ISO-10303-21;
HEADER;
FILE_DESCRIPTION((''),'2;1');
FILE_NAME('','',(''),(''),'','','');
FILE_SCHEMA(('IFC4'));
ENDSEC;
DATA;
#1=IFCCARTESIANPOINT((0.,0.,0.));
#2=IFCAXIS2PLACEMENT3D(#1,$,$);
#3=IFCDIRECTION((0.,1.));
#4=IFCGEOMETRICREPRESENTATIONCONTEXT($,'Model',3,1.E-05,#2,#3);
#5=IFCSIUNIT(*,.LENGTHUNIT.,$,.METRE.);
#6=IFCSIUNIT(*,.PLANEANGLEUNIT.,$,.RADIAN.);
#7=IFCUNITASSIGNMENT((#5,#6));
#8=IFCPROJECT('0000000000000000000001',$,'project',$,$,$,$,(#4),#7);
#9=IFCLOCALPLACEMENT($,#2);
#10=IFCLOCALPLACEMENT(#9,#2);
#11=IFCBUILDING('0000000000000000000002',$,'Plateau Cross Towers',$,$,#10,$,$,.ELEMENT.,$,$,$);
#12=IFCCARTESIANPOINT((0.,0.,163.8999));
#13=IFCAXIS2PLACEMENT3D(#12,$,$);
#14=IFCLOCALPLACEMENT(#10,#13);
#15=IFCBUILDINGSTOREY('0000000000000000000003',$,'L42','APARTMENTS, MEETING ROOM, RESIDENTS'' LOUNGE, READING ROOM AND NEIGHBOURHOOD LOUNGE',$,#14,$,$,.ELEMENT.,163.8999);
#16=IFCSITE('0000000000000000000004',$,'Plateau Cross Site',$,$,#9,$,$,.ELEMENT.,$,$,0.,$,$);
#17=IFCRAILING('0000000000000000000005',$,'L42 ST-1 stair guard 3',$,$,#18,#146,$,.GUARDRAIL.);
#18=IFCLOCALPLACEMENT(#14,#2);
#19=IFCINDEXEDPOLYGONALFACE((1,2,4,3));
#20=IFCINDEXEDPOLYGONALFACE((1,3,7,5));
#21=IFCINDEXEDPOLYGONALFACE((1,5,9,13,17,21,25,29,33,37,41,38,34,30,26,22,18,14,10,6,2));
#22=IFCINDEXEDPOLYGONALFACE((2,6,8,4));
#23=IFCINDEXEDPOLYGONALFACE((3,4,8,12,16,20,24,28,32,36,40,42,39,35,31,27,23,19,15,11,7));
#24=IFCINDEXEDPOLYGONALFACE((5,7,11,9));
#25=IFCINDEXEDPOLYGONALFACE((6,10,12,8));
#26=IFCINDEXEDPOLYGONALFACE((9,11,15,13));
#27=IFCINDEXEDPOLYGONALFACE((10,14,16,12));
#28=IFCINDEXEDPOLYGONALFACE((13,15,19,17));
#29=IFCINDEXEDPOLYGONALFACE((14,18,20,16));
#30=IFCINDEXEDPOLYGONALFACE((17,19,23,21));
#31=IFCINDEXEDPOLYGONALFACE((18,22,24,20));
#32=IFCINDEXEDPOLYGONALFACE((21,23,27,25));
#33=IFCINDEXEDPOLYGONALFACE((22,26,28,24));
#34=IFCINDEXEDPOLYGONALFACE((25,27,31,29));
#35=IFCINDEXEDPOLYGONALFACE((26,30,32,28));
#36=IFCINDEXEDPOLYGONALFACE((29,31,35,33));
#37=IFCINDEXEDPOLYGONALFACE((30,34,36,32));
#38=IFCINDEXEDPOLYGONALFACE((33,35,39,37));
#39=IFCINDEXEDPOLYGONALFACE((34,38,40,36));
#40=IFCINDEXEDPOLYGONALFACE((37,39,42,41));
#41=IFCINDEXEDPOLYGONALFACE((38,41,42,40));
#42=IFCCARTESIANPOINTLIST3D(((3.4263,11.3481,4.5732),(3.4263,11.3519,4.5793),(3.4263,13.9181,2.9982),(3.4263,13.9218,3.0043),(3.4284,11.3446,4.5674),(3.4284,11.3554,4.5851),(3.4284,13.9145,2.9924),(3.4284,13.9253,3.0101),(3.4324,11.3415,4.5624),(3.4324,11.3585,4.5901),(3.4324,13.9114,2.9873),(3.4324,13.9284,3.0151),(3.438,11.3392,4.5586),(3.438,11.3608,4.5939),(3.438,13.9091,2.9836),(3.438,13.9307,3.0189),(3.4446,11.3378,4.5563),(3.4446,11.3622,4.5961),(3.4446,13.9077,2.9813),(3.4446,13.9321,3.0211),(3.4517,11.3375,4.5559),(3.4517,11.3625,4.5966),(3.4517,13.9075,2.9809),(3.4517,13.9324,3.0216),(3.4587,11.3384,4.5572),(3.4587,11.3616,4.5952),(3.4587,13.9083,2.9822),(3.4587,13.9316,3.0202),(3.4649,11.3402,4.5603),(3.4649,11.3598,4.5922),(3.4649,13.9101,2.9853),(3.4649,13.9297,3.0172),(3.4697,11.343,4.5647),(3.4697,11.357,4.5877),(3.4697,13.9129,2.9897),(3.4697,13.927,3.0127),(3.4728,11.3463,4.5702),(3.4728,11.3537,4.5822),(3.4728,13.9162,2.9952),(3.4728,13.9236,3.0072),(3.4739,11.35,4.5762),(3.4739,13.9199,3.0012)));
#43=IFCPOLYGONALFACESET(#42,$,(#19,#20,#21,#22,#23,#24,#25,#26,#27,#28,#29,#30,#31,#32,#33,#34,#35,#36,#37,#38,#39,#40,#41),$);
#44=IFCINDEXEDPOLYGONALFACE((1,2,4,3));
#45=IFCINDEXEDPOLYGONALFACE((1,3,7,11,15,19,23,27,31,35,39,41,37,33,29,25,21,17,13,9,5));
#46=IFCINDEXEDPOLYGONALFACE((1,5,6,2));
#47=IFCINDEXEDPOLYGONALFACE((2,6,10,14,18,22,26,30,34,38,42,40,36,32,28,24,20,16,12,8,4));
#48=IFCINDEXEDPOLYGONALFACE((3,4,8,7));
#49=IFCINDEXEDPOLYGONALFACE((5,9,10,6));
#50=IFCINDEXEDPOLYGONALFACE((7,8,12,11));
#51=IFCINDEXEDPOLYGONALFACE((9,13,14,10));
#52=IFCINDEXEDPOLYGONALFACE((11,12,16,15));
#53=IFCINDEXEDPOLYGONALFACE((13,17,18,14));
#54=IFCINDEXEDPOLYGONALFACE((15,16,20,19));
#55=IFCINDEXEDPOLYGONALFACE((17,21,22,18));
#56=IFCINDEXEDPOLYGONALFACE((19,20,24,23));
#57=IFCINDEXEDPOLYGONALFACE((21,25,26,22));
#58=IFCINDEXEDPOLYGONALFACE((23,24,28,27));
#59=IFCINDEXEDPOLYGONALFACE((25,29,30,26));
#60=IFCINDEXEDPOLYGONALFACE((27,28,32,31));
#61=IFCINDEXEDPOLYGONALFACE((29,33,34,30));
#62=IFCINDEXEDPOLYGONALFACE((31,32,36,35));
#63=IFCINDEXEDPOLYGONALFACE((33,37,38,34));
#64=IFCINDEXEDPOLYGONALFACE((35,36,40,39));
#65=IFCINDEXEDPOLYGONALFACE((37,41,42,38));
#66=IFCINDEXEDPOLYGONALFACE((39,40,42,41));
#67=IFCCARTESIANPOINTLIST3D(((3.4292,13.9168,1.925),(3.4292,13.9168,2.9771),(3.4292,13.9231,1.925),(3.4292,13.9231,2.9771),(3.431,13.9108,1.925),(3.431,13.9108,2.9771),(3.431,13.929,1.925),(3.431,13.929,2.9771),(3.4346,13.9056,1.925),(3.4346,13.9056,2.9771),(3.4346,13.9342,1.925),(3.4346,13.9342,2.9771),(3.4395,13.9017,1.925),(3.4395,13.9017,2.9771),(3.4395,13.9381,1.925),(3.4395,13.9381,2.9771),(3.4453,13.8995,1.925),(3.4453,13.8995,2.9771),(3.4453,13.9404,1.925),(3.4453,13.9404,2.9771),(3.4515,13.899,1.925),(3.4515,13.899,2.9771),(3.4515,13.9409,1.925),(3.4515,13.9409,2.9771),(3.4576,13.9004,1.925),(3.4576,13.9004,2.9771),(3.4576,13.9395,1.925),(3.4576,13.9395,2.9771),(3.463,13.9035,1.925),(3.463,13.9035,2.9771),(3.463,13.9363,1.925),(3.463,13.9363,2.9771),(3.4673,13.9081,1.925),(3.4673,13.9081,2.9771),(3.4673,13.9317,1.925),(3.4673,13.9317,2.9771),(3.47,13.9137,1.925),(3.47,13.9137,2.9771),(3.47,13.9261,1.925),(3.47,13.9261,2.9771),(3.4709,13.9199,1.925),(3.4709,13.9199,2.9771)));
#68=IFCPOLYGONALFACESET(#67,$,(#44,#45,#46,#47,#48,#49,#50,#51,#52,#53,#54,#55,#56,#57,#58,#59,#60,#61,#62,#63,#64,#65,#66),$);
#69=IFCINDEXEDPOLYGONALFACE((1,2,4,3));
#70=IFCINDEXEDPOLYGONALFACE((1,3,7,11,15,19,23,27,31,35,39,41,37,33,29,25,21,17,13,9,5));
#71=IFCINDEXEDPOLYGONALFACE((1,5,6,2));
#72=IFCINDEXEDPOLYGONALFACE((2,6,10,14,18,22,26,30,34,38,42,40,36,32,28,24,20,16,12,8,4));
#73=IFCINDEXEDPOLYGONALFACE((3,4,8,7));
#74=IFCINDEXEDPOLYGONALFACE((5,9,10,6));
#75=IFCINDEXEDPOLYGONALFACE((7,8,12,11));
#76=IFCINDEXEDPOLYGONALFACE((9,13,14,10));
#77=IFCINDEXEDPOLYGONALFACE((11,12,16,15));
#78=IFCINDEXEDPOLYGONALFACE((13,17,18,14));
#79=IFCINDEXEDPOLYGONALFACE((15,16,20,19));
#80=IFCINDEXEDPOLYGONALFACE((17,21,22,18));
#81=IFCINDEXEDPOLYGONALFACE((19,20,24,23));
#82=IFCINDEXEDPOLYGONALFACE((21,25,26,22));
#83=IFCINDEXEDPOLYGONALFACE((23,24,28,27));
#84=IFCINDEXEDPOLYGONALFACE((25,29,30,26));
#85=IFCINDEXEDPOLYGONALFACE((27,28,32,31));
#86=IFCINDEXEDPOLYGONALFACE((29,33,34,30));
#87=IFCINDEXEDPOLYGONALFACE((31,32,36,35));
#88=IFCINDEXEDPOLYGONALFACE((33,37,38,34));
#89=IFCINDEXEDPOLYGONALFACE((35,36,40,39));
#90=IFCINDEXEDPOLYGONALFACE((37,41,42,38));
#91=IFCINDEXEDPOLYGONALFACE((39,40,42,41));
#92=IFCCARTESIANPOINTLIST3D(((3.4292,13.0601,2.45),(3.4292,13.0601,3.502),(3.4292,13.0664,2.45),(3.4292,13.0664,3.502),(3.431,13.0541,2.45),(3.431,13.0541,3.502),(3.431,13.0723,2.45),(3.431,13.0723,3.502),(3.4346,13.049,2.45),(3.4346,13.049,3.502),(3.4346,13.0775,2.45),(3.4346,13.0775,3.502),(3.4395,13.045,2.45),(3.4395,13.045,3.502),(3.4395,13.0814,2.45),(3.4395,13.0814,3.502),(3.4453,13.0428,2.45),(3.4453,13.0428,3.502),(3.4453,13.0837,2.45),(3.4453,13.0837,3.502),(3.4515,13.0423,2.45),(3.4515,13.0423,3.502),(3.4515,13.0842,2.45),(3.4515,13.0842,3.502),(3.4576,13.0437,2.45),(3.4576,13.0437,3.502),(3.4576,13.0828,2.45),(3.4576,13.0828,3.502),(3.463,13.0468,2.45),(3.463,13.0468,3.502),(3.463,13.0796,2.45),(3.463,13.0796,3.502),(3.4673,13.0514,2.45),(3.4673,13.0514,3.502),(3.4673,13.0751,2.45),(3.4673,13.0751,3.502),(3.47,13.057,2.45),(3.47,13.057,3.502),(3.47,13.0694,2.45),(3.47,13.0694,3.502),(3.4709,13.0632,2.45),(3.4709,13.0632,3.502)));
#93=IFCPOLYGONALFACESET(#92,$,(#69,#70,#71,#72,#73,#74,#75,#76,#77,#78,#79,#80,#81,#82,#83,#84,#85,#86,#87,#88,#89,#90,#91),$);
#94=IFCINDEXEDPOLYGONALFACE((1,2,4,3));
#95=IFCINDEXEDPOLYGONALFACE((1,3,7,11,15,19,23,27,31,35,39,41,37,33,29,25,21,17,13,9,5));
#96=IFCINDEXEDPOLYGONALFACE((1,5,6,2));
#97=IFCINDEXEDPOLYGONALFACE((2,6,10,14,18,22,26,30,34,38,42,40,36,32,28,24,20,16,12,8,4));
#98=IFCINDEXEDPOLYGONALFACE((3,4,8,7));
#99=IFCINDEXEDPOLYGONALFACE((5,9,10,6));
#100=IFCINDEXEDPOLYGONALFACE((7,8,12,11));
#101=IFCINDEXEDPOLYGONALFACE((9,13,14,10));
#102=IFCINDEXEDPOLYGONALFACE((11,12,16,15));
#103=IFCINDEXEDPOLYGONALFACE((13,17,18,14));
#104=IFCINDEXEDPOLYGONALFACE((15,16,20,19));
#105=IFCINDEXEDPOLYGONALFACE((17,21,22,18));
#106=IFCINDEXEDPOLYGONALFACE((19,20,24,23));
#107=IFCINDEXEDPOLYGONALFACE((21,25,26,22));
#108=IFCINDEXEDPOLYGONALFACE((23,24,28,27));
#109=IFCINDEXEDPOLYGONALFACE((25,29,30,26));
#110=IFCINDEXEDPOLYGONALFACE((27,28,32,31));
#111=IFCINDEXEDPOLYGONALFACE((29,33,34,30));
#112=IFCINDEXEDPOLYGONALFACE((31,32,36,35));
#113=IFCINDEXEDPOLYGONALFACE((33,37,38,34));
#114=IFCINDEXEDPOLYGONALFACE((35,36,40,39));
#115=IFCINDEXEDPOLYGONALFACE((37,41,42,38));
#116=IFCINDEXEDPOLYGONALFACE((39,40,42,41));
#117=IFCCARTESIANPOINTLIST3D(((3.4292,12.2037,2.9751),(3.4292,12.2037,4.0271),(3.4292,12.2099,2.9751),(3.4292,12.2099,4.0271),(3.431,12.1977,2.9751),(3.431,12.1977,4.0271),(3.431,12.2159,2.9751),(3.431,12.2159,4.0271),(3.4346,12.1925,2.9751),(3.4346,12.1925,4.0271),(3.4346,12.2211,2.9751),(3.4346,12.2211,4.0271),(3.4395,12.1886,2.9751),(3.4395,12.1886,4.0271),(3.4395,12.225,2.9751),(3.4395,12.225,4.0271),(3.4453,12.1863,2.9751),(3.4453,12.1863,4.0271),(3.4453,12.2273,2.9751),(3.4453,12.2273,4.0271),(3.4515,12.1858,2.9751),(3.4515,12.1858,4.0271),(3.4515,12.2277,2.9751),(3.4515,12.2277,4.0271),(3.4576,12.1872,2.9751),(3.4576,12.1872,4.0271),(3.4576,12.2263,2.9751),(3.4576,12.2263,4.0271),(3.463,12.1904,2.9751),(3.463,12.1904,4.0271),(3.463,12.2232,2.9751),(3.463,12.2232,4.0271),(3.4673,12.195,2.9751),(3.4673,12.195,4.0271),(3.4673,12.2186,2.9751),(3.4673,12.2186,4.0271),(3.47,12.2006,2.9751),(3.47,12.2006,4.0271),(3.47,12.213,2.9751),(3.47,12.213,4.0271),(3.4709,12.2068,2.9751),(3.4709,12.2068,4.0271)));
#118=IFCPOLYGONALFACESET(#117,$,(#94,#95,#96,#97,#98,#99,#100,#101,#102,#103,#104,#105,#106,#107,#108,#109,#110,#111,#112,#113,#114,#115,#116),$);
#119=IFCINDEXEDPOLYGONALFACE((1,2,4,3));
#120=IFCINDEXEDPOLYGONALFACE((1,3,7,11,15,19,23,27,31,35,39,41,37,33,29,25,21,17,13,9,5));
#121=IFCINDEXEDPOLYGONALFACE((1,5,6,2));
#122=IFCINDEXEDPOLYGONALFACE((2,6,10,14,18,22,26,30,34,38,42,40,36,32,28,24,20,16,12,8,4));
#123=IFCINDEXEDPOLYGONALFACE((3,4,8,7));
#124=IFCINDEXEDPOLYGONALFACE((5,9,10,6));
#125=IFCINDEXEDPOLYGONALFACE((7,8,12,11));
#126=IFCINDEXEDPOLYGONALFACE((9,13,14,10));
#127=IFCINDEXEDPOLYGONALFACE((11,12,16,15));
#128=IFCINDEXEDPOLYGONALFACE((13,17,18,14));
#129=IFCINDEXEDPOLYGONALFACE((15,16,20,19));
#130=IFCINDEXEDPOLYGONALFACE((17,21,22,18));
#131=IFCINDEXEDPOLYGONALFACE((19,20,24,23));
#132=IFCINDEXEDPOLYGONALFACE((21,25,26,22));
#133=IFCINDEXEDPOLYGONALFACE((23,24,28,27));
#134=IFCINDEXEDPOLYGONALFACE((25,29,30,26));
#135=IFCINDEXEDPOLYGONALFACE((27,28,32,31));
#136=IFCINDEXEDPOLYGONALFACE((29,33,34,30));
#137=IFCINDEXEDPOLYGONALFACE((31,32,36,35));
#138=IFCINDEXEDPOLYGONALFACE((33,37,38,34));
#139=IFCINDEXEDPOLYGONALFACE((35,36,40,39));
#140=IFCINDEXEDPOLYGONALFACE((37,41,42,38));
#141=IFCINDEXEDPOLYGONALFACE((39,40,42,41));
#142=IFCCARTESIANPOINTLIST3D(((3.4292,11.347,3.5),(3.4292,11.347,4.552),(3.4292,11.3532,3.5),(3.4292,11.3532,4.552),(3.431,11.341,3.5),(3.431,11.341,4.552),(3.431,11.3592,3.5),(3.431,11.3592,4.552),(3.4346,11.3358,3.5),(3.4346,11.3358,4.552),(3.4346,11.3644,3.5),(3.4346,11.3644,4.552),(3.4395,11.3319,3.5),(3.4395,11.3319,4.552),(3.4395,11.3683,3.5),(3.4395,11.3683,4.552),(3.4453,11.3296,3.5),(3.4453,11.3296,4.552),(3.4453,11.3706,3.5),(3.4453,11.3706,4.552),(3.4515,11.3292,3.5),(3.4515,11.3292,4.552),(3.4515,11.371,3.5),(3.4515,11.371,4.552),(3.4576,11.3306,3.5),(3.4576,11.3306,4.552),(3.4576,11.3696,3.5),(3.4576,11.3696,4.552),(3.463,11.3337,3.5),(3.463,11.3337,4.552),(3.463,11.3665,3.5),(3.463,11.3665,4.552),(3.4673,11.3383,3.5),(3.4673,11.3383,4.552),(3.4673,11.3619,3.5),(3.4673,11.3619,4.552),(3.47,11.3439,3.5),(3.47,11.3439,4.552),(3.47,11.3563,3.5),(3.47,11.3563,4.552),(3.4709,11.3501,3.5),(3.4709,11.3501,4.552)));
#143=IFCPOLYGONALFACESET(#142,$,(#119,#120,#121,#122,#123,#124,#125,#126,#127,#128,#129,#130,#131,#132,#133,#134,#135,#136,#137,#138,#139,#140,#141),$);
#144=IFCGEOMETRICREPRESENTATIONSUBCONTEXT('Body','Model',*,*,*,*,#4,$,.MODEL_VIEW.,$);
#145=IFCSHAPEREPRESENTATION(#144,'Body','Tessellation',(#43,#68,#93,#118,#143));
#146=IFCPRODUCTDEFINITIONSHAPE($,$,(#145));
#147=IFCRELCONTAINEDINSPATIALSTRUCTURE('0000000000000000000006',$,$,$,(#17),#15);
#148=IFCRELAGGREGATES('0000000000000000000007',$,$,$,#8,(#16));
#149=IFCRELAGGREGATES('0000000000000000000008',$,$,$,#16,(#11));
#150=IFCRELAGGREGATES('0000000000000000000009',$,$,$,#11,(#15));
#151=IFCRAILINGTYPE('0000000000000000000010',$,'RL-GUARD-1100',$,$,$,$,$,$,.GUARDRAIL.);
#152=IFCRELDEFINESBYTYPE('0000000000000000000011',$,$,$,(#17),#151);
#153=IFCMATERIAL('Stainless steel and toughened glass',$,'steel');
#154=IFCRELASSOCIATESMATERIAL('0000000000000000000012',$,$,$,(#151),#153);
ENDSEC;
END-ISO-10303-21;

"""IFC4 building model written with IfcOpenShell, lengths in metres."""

from ifc_helpers import new_model, si_unit, direction, frame, origin, origin_2d, place, context, subcontext, project, spatial, circle, extrude, material, type_object, element, save


model = new_model("IFC4")

# Units and contexts
model_context = context("Model", 3, precision=1e-05, world=origin(), true_north=direction((0.0, 1.0)))
body_context = subcontext(model_context, "Body", "Model", "MODEL_VIEW")
ifc_project = project(units=[si_unit("LENGTHUNIT", "METRE"), si_unit("PLANEANGLEUNIT", "RADIAN")], contexts=[model_context])

# Site, building, storey
site_placement = place(None, origin())
site = spatial("IfcSite", under=ifc_project, at=site_placement, Name="Plateau Cross Site", CompositionType="ELEMENT", RefElevation=0.0)
building_placement = place(site_placement, origin())
building = spatial("IfcBuilding", under=site, at=building_placement, Name="Plateau Cross Towers", CompositionType="ELEMENT")
storey_placement = place(building_placement, frame((0.0, 0.0, 163.8999)))
storey = spatial("IfcBuildingStorey", under=building, at=storey_placement, Name="L42", Description="APARTMENTS, MEETING ROOM, RESIDENTS' LOUNGE, READING ROOM AND NEIGHBOURHOOD LOUNGE", CompositionType="ELEMENT", Elevation=163.8999)

# Railing
ifc_material_1 = material(Name="Stainless steel and toughened glass", Category="steel")
railing_type_1 = type_object("IfcRailingType", Name="RL-GUARD-1100", PredefinedType="GUARDRAIL", material=ifc_material_1)
railing_1_placement = place(storey_placement, frame((3.45, 13.9199, 1.925)))
element("IfcRailing", 1, at=railing_1_placement, inside=storey, type_object=railing_type_1, Name="L42 ST-1 stair guard 3", PredefinedType="GUARDRAIL", context=body_context, shape_type="SweptSolid", body=[
    extrude(circle(Radius=0.0239, at=origin_2d()), frame((0.0, 0.0, 1.0762), z_axis=(0.0, -0.852616, 0.522537), x_axis=(1.0, 0.0, 0.0)), (0.0, 0.0, 1.0), 3.0142),
    extrude(circle(Radius=0.021, at=origin_2d()), origin(), (0.0, 0.0, 1.0), 1.052),
    extrude(circle(Radius=0.021, at=origin_2d()), frame((0.0, -0.8567, 0.5249)), (0.0, 0.0, 1.0), 1.052),
    extrude(circle(Radius=0.021, at=origin_2d()), frame((0.0, -1.7131, 1.05)), (0.0, 0.0, 1.0), 1.052),
    extrude(circle(Radius=0.021, at=origin_2d()), frame((0.0, -2.5698, 1.575)), (0.0, 0.0, 1.0), 1.052),
])

save(model, "model.ifc")
